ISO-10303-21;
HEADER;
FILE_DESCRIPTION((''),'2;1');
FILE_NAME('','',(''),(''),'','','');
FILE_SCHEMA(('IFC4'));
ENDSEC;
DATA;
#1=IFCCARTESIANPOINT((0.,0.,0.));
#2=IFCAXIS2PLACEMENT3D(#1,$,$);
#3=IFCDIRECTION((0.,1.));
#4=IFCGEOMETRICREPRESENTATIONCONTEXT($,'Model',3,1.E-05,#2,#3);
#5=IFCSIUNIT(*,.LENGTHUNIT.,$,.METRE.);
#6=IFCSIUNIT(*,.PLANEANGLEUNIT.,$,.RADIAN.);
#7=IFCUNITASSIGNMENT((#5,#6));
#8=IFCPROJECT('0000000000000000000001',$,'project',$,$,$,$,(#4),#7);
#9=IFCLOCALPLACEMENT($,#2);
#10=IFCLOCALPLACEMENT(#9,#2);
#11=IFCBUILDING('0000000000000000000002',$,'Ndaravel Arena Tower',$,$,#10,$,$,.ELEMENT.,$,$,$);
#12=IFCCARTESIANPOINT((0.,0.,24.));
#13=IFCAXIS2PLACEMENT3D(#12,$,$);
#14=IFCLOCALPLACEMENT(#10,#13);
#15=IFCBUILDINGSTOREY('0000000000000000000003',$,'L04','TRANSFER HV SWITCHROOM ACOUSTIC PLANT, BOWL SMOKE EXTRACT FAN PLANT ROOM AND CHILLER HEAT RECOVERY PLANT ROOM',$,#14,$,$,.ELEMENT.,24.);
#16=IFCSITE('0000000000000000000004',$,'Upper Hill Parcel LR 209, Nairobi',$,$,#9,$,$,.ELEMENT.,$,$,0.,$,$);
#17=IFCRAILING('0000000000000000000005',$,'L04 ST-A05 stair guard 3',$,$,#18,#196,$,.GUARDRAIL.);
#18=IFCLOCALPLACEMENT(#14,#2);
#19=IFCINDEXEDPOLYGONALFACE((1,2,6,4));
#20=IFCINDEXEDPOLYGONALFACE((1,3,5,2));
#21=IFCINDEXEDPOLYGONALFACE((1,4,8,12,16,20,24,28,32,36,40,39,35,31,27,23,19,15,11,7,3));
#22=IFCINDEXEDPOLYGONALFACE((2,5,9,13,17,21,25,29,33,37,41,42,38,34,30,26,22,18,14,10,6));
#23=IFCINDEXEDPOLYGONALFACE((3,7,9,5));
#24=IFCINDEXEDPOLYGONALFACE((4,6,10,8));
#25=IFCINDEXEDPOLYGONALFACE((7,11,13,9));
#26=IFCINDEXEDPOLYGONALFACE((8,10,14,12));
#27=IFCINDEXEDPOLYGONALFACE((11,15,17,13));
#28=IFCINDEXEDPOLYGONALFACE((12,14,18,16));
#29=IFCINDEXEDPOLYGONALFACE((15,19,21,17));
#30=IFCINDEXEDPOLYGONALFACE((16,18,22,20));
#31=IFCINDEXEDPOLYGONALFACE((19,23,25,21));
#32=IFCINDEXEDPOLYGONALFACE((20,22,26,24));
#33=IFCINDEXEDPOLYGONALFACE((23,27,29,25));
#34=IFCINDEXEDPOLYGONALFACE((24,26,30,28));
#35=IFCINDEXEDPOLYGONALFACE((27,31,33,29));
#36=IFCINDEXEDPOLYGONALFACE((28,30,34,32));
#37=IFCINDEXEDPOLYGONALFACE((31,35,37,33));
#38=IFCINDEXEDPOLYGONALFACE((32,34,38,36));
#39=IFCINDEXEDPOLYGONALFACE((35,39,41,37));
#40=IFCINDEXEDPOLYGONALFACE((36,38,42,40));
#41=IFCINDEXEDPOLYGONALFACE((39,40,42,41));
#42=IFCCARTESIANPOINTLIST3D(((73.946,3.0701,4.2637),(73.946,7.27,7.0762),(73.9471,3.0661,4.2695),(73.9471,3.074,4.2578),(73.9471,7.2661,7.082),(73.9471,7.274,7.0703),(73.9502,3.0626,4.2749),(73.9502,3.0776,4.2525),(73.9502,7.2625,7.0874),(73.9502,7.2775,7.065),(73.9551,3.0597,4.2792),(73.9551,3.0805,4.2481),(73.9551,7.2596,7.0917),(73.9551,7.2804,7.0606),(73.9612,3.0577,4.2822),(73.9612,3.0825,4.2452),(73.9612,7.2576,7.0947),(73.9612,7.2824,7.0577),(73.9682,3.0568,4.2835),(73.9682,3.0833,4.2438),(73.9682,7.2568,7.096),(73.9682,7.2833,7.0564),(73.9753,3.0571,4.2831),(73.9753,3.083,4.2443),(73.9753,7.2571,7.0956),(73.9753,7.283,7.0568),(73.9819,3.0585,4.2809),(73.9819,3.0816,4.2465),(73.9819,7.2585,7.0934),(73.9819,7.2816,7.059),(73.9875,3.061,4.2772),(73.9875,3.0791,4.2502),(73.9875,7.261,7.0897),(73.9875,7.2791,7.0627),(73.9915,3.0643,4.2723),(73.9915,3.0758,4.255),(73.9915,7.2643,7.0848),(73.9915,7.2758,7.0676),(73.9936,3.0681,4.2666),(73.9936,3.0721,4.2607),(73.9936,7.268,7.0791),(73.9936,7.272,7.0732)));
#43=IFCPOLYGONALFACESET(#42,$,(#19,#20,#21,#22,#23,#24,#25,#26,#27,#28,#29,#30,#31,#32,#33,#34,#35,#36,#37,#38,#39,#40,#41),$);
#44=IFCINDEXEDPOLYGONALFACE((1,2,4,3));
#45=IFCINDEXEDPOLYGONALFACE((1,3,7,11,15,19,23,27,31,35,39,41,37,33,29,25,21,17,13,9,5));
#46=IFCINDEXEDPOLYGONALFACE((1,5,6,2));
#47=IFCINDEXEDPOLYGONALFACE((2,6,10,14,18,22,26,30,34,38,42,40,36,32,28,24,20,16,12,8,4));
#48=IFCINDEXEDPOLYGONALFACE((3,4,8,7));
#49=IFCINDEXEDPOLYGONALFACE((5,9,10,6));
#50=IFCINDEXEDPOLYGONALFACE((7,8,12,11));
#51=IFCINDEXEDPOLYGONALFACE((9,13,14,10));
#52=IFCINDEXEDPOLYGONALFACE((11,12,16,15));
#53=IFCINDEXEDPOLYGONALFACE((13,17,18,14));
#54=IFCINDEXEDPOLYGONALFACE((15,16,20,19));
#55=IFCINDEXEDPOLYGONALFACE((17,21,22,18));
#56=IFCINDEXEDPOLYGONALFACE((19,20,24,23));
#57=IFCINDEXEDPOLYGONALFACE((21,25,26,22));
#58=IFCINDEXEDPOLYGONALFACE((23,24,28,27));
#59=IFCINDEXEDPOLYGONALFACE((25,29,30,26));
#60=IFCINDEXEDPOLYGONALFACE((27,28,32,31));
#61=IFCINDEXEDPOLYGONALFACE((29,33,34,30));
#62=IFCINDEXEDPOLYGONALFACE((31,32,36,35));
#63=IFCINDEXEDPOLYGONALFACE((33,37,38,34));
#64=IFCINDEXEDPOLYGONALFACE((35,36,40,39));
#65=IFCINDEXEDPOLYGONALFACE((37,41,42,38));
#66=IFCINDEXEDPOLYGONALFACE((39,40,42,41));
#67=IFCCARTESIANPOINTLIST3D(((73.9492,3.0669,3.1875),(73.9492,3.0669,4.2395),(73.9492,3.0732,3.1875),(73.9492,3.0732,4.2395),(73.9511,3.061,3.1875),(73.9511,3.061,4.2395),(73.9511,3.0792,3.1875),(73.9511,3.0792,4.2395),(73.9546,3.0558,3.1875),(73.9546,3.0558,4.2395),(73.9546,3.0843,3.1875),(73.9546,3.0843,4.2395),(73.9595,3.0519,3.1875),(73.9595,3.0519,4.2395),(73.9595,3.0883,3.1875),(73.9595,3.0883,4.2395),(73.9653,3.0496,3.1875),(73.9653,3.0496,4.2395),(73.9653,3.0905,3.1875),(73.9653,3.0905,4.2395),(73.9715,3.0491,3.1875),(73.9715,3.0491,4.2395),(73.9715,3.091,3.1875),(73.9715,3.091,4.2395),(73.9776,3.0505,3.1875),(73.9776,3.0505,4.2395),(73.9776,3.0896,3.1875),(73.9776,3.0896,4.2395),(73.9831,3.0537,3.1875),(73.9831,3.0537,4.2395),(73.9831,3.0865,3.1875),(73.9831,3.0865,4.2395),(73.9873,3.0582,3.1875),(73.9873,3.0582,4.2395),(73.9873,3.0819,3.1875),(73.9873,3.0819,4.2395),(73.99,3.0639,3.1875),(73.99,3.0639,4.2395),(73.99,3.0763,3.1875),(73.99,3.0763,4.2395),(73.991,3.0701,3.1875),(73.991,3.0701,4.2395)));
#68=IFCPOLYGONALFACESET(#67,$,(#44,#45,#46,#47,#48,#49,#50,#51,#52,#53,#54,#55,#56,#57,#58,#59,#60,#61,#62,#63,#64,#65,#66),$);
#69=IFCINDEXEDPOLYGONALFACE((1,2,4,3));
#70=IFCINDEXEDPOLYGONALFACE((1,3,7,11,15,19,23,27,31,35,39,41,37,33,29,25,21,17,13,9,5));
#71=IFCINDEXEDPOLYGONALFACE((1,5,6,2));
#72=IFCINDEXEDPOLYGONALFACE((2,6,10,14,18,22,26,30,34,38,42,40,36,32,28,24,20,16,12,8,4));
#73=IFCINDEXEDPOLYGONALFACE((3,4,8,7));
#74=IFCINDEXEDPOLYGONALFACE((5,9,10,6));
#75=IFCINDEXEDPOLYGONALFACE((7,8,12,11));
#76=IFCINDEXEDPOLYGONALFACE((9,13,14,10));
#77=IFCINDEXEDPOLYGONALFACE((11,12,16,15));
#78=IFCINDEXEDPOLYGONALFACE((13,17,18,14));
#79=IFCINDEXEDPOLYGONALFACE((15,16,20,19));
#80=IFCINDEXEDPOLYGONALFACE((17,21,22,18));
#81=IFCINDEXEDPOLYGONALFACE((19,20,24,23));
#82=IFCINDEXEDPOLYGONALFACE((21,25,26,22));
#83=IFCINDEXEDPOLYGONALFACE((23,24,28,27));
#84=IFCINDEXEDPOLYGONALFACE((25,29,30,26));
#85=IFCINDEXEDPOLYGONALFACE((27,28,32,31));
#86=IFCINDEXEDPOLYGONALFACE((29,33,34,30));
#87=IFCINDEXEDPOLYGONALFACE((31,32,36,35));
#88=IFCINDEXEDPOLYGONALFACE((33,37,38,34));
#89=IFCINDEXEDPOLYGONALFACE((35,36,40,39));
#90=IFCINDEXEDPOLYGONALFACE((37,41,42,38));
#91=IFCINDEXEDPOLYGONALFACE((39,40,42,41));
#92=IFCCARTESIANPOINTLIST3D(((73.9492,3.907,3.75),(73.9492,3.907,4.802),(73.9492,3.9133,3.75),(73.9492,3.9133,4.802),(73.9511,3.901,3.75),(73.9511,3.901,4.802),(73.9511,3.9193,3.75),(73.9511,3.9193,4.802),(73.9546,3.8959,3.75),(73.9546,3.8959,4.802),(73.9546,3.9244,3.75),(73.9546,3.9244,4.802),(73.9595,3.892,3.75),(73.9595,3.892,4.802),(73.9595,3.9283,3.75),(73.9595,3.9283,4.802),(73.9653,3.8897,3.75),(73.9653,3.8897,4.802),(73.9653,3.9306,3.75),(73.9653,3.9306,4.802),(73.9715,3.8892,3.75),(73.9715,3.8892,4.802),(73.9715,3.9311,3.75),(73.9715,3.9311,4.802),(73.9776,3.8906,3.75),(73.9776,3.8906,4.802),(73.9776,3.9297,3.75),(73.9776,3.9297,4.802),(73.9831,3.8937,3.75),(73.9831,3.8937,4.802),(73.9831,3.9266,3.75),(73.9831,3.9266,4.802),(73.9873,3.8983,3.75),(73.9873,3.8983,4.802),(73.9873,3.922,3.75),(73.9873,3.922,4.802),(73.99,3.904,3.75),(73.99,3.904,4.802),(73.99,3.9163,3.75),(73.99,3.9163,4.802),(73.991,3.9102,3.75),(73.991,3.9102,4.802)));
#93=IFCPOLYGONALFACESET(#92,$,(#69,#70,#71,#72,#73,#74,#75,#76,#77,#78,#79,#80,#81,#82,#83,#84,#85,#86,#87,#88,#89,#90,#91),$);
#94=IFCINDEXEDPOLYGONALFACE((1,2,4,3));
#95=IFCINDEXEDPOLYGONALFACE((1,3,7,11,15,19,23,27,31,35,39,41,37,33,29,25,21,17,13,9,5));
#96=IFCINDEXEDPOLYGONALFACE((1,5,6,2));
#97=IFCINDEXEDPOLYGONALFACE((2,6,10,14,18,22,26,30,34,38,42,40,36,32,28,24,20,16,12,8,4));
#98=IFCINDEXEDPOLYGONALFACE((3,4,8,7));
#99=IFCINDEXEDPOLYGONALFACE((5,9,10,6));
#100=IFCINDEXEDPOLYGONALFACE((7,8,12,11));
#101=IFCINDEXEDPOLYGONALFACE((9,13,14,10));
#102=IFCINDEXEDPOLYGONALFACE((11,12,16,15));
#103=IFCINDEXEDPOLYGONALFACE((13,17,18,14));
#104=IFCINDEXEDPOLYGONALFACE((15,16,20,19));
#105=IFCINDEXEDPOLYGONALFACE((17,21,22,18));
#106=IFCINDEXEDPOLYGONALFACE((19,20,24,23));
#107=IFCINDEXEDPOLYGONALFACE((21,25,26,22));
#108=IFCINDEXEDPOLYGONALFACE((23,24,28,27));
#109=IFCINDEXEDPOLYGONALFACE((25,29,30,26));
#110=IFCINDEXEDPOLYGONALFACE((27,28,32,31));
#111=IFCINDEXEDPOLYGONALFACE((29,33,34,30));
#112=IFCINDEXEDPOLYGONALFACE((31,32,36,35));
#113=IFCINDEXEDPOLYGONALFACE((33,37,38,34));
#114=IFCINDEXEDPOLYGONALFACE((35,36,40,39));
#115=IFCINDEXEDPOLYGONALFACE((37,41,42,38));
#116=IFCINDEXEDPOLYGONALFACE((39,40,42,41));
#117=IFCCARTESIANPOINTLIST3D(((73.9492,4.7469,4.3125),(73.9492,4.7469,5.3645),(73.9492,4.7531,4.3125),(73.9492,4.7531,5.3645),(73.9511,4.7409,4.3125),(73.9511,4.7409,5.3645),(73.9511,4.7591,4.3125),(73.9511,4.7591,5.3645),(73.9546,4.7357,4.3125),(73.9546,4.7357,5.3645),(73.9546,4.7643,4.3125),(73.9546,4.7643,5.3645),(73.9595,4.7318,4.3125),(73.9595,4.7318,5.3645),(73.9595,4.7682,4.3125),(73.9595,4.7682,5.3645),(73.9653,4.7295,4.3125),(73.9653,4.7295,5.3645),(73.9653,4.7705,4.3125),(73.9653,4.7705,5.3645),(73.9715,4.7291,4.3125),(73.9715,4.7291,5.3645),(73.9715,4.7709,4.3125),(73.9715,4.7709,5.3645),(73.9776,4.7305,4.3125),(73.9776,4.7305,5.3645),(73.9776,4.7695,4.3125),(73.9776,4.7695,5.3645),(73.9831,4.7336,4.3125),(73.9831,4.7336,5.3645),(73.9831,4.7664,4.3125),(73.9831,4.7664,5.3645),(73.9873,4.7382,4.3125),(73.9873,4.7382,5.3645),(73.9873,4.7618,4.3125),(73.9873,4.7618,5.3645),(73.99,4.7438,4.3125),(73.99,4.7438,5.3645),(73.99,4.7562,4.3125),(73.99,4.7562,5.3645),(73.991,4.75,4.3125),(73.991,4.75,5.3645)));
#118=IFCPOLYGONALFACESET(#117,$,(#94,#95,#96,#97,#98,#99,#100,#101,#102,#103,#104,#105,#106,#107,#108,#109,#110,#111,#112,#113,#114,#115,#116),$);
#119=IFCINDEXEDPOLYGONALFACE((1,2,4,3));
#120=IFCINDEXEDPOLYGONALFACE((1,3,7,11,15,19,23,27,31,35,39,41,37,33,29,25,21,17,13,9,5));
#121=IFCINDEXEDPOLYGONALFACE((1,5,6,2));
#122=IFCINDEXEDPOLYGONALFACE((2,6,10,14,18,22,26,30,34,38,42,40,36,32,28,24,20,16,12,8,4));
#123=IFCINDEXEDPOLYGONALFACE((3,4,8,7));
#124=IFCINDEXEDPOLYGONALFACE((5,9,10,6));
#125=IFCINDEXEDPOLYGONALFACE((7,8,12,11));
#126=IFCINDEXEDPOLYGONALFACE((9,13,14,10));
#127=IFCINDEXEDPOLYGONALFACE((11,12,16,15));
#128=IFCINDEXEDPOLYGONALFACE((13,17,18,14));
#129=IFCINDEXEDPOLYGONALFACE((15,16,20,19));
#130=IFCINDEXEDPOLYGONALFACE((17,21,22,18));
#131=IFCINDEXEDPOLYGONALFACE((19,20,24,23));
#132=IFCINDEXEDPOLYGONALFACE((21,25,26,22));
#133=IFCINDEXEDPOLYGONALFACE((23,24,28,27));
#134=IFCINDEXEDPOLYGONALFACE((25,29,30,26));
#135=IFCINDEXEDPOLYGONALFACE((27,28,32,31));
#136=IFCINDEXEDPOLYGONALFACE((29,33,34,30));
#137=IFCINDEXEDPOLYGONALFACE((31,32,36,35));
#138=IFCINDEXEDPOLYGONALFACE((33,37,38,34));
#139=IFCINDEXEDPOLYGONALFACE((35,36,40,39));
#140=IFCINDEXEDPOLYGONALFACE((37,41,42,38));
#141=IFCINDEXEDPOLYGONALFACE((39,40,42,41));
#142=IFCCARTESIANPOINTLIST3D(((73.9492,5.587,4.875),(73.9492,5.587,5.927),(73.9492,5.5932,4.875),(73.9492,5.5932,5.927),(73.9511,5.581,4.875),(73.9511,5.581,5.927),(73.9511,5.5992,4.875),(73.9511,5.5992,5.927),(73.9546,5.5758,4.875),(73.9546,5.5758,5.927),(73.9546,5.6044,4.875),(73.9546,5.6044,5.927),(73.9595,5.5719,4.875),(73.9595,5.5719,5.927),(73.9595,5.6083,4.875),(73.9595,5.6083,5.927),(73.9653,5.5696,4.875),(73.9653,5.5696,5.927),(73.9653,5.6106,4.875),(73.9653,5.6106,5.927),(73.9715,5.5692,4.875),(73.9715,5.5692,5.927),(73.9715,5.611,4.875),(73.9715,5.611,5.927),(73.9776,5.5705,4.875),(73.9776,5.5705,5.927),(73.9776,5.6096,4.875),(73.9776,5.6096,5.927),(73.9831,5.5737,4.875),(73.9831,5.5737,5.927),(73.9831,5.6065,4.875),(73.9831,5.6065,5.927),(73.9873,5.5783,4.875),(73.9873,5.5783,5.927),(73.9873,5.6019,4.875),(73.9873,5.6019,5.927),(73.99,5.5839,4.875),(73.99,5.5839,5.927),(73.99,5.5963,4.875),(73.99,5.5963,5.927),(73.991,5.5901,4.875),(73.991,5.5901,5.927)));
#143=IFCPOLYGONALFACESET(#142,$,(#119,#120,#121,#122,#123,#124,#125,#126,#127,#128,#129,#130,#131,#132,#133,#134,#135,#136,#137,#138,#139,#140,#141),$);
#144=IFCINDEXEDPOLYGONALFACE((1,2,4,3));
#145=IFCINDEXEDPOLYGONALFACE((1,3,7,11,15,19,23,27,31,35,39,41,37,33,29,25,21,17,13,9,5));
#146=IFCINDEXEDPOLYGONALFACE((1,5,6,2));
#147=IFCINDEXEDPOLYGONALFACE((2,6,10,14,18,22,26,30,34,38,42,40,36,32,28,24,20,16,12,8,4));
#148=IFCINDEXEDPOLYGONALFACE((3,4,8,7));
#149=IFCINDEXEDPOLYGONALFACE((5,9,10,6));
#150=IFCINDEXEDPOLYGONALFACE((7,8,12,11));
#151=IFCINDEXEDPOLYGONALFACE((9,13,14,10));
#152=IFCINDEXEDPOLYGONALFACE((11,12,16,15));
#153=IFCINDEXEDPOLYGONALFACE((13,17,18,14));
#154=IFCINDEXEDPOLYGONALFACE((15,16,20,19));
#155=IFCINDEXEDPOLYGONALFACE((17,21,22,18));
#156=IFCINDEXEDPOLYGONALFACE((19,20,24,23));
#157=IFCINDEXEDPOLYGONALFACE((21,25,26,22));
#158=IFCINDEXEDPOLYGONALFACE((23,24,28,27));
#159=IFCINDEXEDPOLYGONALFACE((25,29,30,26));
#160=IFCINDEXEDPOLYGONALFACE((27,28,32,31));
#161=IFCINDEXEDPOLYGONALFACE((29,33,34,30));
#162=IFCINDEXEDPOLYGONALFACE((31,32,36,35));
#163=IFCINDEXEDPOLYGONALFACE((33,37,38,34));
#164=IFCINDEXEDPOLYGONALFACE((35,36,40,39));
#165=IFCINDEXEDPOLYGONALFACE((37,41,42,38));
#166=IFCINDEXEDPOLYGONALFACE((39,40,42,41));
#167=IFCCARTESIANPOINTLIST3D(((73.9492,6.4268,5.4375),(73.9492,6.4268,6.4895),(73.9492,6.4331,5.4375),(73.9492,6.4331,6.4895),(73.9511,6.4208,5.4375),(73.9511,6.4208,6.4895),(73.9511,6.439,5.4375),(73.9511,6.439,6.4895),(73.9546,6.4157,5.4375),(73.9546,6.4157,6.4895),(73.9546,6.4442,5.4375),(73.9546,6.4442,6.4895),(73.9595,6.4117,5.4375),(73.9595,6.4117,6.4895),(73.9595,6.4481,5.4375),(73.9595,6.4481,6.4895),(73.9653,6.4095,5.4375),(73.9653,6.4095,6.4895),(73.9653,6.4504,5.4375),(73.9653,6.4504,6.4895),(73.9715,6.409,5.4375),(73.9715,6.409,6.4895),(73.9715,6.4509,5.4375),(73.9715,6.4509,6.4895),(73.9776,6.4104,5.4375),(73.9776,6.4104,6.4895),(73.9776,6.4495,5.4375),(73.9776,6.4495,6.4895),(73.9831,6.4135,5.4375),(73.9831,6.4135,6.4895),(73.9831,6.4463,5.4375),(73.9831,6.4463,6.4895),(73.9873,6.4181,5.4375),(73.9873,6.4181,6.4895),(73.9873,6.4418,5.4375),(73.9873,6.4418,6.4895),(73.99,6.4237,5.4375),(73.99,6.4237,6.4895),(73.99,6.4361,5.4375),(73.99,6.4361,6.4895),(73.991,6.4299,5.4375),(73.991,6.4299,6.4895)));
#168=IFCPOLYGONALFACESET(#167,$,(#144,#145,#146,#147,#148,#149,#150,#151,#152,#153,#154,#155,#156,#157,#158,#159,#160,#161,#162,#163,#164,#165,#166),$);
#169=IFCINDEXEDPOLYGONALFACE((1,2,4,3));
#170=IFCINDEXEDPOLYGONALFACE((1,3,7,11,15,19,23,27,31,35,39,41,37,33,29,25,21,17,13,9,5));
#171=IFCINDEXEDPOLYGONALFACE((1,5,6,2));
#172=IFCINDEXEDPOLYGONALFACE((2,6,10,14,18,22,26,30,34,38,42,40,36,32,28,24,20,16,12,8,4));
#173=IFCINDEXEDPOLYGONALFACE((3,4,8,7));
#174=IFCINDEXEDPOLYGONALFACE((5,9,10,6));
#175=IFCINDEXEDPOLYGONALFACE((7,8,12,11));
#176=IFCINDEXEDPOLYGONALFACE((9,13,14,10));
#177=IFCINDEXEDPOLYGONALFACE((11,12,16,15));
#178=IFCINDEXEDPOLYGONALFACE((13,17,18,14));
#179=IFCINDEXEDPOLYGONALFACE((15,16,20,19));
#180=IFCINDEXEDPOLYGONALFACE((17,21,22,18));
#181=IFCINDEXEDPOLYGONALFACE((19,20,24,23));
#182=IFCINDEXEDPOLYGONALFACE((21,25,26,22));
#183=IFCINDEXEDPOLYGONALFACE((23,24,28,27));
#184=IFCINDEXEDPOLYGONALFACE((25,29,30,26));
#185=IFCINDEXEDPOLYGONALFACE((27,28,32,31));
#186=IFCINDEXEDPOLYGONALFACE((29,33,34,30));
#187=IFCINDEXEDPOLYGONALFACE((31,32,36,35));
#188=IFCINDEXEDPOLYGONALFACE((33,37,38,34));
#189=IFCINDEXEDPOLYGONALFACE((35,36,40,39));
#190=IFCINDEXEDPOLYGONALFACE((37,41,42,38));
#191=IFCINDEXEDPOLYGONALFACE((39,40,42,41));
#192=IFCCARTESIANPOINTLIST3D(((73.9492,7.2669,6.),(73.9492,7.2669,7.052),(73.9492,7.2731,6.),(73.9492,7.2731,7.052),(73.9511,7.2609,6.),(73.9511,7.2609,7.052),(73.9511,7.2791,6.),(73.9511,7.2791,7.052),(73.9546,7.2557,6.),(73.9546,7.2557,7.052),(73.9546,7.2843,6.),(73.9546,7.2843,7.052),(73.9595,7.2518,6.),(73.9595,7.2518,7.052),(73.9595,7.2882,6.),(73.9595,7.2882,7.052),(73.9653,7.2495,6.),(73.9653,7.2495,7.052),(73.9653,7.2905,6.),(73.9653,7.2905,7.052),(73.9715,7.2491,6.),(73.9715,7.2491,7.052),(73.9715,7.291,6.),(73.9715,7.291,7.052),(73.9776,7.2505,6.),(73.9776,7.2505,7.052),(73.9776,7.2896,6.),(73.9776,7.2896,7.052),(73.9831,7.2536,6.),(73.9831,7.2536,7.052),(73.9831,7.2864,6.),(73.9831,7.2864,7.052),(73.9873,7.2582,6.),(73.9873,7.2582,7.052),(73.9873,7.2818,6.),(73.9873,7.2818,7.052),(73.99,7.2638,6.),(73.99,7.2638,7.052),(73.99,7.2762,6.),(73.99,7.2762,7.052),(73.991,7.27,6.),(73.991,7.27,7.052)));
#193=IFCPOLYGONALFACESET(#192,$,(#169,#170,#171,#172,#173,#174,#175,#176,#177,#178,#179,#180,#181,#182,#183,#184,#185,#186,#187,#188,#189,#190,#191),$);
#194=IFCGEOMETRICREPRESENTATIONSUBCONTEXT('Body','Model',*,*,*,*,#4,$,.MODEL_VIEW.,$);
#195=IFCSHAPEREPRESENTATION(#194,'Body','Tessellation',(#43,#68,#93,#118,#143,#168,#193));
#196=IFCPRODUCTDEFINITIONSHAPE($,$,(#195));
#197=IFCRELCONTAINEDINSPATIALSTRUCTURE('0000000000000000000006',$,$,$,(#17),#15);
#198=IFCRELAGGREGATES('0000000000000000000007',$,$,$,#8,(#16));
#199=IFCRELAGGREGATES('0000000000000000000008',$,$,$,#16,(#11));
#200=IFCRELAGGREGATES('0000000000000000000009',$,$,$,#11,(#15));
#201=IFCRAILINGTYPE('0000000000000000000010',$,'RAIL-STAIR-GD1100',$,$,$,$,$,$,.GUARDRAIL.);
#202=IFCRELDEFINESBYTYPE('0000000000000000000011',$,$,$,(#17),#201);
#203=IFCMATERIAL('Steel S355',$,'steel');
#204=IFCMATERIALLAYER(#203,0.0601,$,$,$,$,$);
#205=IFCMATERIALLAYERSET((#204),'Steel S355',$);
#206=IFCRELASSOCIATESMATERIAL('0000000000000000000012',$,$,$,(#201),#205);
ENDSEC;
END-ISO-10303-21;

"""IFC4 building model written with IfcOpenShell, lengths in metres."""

from ifc_helpers import new_model, si_unit, direction, frame, origin, origin_2d, place, context, subcontext, project, spatial, circle, extrude, material, layer, layer_set, type_object, element, save


model = new_model("IFC4")

# Units and contexts
model_context = context("Model", 3, precision=1e-05, world=origin(), true_north=direction((0.0, 1.0)))
body_context = subcontext(model_context, "Body", "Model", "MODEL_VIEW")
ifc_project = project(units=[si_unit("LENGTHUNIT", "METRE"), si_unit("PLANEANGLEUNIT", "RADIAN")], contexts=[model_context])

# Site, building, storey
site_placement = place(None, origin())
site = spatial("IfcSite", under=ifc_project, at=site_placement, Name="Upper Hill Parcel LR 209, Nairobi", CompositionType="ELEMENT", RefElevation=0.0)
building_placement = place(site_placement, origin())
building = spatial("IfcBuilding", under=site, at=building_placement, Name="Ndaravel Arena Tower", CompositionType="ELEMENT")
storey_placement = place(building_placement, frame((0.0, 0.0, 24.0)))
storey = spatial("IfcBuildingStorey", under=building, at=storey_placement, Name="L04", Description="TRANSFER HV SWITCHROOM ACOUSTIC PLANT, BOWL SMOKE EXTRACT FAN PLANT ROOM AND CHILLER HEAT RECOVERY PLANT ROOM", CompositionType="ELEMENT", Elevation=24.0)

# Railing
ifc_material_1 = material(Name="Steel S355", Category="steel")
ifc_layer_1 = layer(ifc_material_1, 0.0601)
ifc_layer_set_1 = layer_set([ifc_layer_1], Name="Steel S355")
railing_type_1 = type_object("IfcRailingType", Name="RAIL-STAIR-GD1100", PredefinedType="GUARDRAIL", material=ifc_layer_set_1)
railing_1_placement = place(storey_placement, frame((73.97, 3.0701, 3.1875)))
element("IfcRailing", 1, at=railing_1_placement, inside=storey, type_object=railing_type_1, Name="L04 ST-A05 stair guard 3", PredefinedType="GUARDRAIL", context=body_context, shape_type="SweptSolid", body=[
    extrude(circle(Radius=0.0239, at=origin_2d()), frame((0.0, 0.0, 1.0762), z_axis=(0.0, 0.830904, 0.556416), x_axis=(-1.0, 0.0, 0.0)), (0.0, 0.0, 1.0), 5.0547),
    extrude(circle(Radius=0.021, at=origin_2d()), origin(), (0.0, 0.0, 1.0), 1.052),
    extrude(circle(Radius=0.021, at=origin_2d()), frame((0.0, 0.8401, 0.5625)), (0.0, 0.0, 1.0), 1.052),
    extrude(circle(Radius=0.021, at=origin_2d()), frame((0.0, 1.6799, 1.125)), (0.0, 0.0, 1.0), 1.052),
    extrude(circle(Radius=0.021, at=origin_2d()), frame((0.0, 2.52, 1.6875)), (0.0, 0.0, 1.0), 1.052),
    extrude(circle(Radius=0.021, at=origin_2d()), frame((0.0, 3.3599, 2.25)), (0.0, 0.0, 1.0), 1.052),
    extrude(circle(Radius=0.021, at=origin_2d()), frame((0.0, 4.2, 2.8125)), (0.0, 0.0, 1.0), 1.052),
])

save(model, "model.ifc")
